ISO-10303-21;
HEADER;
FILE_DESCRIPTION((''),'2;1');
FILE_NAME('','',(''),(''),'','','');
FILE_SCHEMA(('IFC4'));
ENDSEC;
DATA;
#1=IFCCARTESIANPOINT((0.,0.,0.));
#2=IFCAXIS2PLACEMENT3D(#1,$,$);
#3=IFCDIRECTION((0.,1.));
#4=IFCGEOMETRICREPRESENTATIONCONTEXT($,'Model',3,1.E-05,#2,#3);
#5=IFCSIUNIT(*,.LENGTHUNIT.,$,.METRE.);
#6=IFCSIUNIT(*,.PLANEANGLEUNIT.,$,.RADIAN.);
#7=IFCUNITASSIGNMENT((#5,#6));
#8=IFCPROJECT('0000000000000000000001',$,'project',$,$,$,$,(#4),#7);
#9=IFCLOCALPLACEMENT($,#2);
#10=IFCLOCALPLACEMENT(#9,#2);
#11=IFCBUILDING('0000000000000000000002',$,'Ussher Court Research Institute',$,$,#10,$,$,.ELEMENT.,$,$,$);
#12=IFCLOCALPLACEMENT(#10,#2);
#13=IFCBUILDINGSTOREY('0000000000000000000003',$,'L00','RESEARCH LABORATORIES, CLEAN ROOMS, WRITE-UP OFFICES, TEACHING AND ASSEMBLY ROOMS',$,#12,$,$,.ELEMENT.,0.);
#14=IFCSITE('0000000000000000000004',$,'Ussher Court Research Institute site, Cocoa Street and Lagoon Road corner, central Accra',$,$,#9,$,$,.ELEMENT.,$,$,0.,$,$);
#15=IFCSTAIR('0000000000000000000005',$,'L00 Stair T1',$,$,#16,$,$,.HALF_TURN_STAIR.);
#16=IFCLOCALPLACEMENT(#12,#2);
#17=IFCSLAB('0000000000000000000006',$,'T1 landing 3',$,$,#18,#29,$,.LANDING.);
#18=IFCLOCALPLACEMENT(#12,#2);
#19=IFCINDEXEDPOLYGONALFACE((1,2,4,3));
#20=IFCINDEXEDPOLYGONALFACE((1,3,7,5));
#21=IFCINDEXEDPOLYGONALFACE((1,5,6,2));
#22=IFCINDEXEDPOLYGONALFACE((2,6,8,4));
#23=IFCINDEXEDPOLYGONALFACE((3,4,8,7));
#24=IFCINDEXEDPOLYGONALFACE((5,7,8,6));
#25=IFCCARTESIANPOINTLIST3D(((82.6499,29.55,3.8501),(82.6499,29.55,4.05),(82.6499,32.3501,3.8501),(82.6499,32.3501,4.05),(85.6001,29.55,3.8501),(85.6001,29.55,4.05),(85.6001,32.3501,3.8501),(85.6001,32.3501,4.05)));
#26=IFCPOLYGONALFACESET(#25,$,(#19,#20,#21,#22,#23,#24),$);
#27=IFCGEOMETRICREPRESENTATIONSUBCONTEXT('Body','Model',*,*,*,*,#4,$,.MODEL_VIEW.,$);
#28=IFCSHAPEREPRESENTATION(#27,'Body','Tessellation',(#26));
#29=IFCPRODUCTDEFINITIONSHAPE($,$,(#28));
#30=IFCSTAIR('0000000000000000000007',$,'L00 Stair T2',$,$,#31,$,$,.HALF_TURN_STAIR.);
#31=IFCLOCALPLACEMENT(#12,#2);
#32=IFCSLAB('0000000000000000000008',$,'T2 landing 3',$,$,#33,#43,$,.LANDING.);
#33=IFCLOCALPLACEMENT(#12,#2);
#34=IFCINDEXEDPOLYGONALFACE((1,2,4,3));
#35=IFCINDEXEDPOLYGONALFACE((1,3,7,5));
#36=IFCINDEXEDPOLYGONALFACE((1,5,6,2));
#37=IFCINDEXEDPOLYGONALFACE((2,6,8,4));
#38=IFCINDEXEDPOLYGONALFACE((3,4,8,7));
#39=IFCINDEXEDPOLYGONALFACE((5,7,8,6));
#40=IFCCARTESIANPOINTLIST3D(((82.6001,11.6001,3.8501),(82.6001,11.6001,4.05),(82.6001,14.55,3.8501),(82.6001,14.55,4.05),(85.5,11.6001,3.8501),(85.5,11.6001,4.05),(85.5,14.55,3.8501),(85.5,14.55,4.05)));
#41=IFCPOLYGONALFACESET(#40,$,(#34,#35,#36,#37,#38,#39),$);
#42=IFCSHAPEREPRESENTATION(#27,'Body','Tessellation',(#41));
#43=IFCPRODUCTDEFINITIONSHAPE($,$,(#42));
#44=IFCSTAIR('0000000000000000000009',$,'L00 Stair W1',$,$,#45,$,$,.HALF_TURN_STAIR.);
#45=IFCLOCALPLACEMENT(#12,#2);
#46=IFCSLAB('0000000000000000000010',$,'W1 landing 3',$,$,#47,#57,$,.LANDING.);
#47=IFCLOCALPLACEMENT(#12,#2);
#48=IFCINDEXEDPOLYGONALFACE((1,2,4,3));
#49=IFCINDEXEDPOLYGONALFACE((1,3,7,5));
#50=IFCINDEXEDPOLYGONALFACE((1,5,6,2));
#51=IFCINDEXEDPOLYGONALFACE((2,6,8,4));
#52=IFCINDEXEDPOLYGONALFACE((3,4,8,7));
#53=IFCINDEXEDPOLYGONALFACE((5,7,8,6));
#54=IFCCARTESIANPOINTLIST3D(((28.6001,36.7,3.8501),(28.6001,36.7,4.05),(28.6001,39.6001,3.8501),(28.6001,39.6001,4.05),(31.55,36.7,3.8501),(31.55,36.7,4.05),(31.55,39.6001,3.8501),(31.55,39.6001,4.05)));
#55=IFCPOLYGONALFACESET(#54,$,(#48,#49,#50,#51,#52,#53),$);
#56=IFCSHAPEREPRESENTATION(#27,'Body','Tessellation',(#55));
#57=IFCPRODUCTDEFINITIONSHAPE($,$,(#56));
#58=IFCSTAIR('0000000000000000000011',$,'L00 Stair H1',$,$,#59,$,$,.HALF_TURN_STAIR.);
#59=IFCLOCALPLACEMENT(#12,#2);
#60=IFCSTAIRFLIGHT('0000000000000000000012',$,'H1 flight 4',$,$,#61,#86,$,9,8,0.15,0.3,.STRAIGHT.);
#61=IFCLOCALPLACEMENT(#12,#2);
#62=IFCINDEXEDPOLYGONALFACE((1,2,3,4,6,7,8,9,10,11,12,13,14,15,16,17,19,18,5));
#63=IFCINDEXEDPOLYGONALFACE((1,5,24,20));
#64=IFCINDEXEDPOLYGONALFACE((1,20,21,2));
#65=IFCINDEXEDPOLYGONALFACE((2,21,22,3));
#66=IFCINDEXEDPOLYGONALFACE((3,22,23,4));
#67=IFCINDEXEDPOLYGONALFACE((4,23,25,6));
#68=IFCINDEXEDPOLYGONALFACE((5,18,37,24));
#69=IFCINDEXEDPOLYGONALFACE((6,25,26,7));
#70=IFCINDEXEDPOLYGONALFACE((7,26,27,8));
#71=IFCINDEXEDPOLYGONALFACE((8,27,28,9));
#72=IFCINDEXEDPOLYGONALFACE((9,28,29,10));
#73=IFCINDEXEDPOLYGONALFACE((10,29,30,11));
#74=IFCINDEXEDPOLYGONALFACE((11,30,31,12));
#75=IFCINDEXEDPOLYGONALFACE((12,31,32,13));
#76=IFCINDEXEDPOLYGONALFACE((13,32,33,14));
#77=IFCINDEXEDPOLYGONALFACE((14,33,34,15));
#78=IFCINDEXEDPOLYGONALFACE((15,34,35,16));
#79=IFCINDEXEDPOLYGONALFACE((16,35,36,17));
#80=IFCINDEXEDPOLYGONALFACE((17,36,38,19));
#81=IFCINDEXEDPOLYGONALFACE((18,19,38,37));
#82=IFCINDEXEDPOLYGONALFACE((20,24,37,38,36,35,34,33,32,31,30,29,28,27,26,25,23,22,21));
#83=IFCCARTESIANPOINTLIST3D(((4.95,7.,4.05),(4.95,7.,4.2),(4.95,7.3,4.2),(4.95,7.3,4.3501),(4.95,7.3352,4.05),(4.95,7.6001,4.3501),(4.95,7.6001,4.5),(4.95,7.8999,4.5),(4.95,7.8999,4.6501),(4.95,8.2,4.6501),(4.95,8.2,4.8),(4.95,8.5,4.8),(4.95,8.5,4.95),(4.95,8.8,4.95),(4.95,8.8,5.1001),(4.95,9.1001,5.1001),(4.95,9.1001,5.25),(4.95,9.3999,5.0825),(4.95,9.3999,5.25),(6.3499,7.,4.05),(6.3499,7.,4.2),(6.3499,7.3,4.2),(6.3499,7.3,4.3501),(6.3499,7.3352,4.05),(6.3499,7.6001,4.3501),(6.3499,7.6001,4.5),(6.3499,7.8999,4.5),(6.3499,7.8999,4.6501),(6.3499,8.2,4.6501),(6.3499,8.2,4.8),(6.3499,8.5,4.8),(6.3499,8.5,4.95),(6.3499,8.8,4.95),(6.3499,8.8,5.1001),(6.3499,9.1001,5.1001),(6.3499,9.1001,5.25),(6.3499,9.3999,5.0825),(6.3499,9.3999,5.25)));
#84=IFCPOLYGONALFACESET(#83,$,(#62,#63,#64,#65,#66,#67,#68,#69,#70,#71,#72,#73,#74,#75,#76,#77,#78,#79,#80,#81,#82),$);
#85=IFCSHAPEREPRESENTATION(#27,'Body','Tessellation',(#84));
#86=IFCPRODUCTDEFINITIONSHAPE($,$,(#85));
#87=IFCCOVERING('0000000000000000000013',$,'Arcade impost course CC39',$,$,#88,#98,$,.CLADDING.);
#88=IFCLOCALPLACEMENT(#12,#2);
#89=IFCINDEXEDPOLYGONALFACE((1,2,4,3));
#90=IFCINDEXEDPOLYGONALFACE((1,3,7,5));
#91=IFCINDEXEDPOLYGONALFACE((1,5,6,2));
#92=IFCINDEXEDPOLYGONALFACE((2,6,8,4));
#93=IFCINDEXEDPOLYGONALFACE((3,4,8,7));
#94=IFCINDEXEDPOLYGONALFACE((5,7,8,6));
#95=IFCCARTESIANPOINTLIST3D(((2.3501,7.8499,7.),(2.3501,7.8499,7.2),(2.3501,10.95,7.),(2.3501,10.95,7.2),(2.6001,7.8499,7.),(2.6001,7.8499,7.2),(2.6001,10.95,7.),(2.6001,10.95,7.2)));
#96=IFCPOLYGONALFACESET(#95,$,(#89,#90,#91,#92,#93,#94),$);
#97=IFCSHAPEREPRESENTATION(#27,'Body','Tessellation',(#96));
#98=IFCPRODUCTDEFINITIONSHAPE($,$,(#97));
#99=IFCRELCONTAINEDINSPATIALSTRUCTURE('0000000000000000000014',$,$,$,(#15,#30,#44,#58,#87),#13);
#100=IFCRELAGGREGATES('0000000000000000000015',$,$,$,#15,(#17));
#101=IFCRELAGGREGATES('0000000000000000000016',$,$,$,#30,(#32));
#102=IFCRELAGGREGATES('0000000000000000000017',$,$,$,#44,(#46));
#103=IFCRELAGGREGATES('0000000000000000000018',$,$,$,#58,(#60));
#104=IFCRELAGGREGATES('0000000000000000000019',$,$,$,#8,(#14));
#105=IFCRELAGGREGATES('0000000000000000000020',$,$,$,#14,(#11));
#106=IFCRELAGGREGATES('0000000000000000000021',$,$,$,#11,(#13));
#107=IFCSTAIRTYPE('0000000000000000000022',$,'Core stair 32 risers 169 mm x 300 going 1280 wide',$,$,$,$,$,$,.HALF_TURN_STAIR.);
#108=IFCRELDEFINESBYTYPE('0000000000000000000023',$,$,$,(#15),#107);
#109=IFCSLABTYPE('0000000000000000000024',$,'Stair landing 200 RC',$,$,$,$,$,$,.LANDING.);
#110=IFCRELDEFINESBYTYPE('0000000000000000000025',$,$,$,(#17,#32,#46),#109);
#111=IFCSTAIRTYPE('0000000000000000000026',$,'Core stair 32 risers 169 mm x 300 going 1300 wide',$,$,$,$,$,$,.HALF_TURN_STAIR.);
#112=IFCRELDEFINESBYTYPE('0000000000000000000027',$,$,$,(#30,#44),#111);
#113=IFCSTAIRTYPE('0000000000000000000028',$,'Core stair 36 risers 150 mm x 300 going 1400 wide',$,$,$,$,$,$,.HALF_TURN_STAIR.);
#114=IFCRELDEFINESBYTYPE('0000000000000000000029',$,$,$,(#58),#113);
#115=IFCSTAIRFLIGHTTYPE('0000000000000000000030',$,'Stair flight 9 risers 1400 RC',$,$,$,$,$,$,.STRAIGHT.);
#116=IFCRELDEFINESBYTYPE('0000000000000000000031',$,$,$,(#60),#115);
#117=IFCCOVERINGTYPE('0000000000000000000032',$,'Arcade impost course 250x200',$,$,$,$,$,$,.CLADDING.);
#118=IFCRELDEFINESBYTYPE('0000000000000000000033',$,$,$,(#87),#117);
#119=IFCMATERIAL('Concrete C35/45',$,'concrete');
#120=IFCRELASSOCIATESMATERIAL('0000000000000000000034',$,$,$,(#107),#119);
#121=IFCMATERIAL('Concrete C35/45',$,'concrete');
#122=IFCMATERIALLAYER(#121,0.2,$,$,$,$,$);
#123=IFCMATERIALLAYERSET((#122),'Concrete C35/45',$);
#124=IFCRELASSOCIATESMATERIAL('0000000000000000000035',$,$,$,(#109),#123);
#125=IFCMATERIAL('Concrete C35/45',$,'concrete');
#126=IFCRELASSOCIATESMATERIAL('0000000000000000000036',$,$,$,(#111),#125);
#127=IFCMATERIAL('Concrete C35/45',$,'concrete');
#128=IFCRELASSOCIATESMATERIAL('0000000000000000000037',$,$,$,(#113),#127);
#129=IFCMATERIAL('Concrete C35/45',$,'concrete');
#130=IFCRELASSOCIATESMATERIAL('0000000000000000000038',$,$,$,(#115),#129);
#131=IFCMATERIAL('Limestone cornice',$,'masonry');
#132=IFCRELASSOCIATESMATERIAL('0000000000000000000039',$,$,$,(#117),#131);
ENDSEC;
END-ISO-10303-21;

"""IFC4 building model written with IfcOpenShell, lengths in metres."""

from ifc_helpers import new_model, si_unit, direction, frame, origin, origin_2d, place, context, subcontext, project, spatial, polyline, rectangle, outline, extrude, material, layer, layer_set, type_object, element, aggregate, save


model = new_model("IFC4")

# Units and contexts
model_context = context("Model", 3, precision=1e-05, world=origin(), true_north=direction((0.0, 1.0)))
body_context = subcontext(model_context, "Body", "Model", "MODEL_VIEW")
ifc_project = project(units=[si_unit("LENGTHUNIT", "METRE"), si_unit("PLANEANGLEUNIT", "RADIAN")], contexts=[model_context])

# Site, building, storey
site_placement = place(None, origin())
site = spatial("IfcSite", under=ifc_project, at=site_placement, Name="Ussher Court Research Institute site, Cocoa Street and Lagoon Road corner, central Accra", CompositionType="ELEMENT", RefElevation=0.0)
building_placement = place(site_placement, origin())
building = spatial("IfcBuilding", under=site, at=building_placement, Name="Ussher Court Research Institute", CompositionType="ELEMENT")
storey_placement = place(building_placement, origin())
storey = spatial("IfcBuildingStorey", under=building, at=storey_placement, Name="L00", Description="RESEARCH LABORATORIES, CLEAN ROOMS, WRITE-UP OFFICES, TEACHING AND ASSEMBLY ROOMS", CompositionType="ELEMENT", Elevation=0.0)

# Stairs, slabs
ifc_material_1 = material(Name="Concrete C35/45", Category="concrete")
stair_type_1 = type_object("IfcStairType", Name="Core stair 32 risers 169 mm x 300 going 1280 wide", PredefinedType="HALF_TURN_STAIR", material=ifc_material_1)
stair_1_placement = place(storey_placement, origin())
stair_1 = element("IfcStair", 1, at=stair_1_placement, inside=storey, type_object=stair_type_1, Name="L00 Stair T1", PredefinedType="HALF_TURN_STAIR")
ifc_material_2 = material(Name="Concrete C35/45", Category="concrete")
ifc_layer = layer(ifc_material_2, 0.2)
ifc_layer_set = layer_set([ifc_layer], Name="Concrete C35/45")
slab_type = type_object("IfcSlabType", Name="Stair landing 200 RC", PredefinedType="LANDING", material=ifc_layer_set)
slab_1_placement = place(storey_placement, frame((0.0, 0.0, 3.8501)))
slab_1 = element("IfcSlab", 2, at=slab_1_placement, type_object=slab_type, Name="T1 landing 3", PredefinedType="LANDING", context=body_context, shape_type="SweptSolid", body=[
    extrude(outline(polyline([(85.6001, 29.55), (85.6001, 32.3501), (82.6499, 32.3501), (82.6499, 29.55), (85.6001, 29.55)])), origin(), (0.0, 0.0, 1.0), 0.2),
])
aggregate(stair_1, [slab_1])
ifc_material_3 = material(Name="Concrete C35/45", Category="concrete")
stair_type_2 = type_object("IfcStairType", Name="Core stair 32 risers 169 mm x 300 going 1300 wide", PredefinedType="HALF_TURN_STAIR", material=ifc_material_3)
stair_2_placement = place(storey_placement, origin())
stair_2 = element("IfcStair", 3, at=stair_2_placement, inside=storey, type_object=stair_type_2, Name="L00 Stair T2", PredefinedType="HALF_TURN_STAIR")
slab_2_placement = place(storey_placement, frame((0.0, 0.0, 3.8501)))
slab_2 = element("IfcSlab", 4, at=slab_2_placement, type_object=slab_type, Name="T2 landing 3", PredefinedType="LANDING", context=body_context, shape_type="SweptSolid", body=[
    extrude(outline(polyline([(85.5, 14.55), (82.6001, 14.55), (82.6001, 11.6001), (85.5, 11.6001), (85.5, 14.55)])), origin(), (0.0, 0.0, 1.0), 0.2),
])
aggregate(stair_2, [slab_2])
stair_3_placement = place(storey_placement, origin())
stair_3 = element("IfcStair", 5, at=stair_3_placement, inside=storey, type_object=stair_type_2, Name="L00 Stair W1", PredefinedType="HALF_TURN_STAIR")
slab_3_placement = place(storey_placement, frame((0.0, 0.0, 3.8501)))
slab_3 = element("IfcSlab", 6, at=slab_3_placement, type_object=slab_type, Name="W1 landing 3", PredefinedType="LANDING", context=body_context, shape_type="SweptSolid", body=[
    extrude(outline(polyline([(31.55, 36.7), (31.55, 39.6001), (28.6001, 39.6001), (28.6001, 36.7), (31.55, 36.7)])), origin(), (0.0, 0.0, 1.0), 0.2),
])
aggregate(stair_3, [slab_3])

# Stair, stair flight
ifc_material_4 = material(Name="Concrete C35/45", Category="concrete")
stair_type_3 = type_object("IfcStairType", Name="Core stair 36 risers 150 mm x 300 going 1400 wide", PredefinedType="HALF_TURN_STAIR", material=ifc_material_4)
stair_4_placement = place(storey_placement, origin())
stair_4 = element("IfcStair", 7, at=stair_4_placement, inside=storey, type_object=stair_type_3, Name="L00 Stair H1", PredefinedType="HALF_TURN_STAIR")
ifc_material_5 = material(Name="Concrete C35/45", Category="concrete")
stair_flight_type = type_object("IfcStairFlightType", Name="Stair flight 9 risers 1400 RC", PredefinedType="STRAIGHT", material=ifc_material_5)
stair_flight_placement = place(storey_placement, frame((5.6499, 7.0, 4.05), z_axis=(0.0, 0.0, 1.0), x_axis=(0.0, 1.0, 0.0)))
stair_flight = element("IfcStairFlight", 8, at=stair_flight_placement, type_object=stair_flight_type, Name="H1 flight 4", NumberOfRisers=9, NumberOfTreads=8, PredefinedType="STRAIGHT", RiserHeight=0.15, TreadLength=0.3, context=body_context, shape_type="SweptSolid", body=[
    extrude(outline(polyline([(0.0, 0.0), (0.0, 0.1499), (0.3, 0.1499), (0.3, 0.3), (0.6001, 0.3), (0.6001, 0.45), (0.8999, 0.45), (0.8999, 0.6001), (1.2, 0.6001), (1.2, 0.75), (1.5, 0.75), (1.5, 0.8999), (1.8, 0.8999), (1.8, 1.05), (2.1001, 1.05), (2.1001, 1.2), (2.3999, 1.2), (2.3999, 1.3501), (2.3999, 1.0325), (0.3352, 0.0), (0.0, 0.0)])), frame((0.0, 0.7, 0.0), z_axis=(0.0, -1.0, 0.0), x_axis=(1.0, 0.0, 0.0)), (0.0, 0.0, 1.0), 1.3999),
])
aggregate(stair_4, [stair_flight])

# Covering
ifc_material_6 = material(Name="Limestone cornice", Category="masonry")
covering_type_1 = type_object("IfcCoveringType", Name="Arcade impost course 250x200", PredefinedType="CLADDING", material=ifc_material_6)
covering_1_placement = place(storey_placement, frame((2.4751, 9.3999, 7.0), z_axis=(0.0, 0.0, 1.0), x_axis=(1.0, 0.0, 0.0)))
element("IfcCovering", 9, at=covering_1_placement, inside=storey, type_object=covering_type_1, Name="Arcade impost course CC39", PredefinedType="CLADDING", context=body_context, shape_type="SweptSolid", body=[
    extrude(rectangle(XDim=0.25, YDim=3.1001, at=origin_2d()), origin(), (0.0, 0.0, 1.0), 0.2),
])

save(model, "model.ifc")
